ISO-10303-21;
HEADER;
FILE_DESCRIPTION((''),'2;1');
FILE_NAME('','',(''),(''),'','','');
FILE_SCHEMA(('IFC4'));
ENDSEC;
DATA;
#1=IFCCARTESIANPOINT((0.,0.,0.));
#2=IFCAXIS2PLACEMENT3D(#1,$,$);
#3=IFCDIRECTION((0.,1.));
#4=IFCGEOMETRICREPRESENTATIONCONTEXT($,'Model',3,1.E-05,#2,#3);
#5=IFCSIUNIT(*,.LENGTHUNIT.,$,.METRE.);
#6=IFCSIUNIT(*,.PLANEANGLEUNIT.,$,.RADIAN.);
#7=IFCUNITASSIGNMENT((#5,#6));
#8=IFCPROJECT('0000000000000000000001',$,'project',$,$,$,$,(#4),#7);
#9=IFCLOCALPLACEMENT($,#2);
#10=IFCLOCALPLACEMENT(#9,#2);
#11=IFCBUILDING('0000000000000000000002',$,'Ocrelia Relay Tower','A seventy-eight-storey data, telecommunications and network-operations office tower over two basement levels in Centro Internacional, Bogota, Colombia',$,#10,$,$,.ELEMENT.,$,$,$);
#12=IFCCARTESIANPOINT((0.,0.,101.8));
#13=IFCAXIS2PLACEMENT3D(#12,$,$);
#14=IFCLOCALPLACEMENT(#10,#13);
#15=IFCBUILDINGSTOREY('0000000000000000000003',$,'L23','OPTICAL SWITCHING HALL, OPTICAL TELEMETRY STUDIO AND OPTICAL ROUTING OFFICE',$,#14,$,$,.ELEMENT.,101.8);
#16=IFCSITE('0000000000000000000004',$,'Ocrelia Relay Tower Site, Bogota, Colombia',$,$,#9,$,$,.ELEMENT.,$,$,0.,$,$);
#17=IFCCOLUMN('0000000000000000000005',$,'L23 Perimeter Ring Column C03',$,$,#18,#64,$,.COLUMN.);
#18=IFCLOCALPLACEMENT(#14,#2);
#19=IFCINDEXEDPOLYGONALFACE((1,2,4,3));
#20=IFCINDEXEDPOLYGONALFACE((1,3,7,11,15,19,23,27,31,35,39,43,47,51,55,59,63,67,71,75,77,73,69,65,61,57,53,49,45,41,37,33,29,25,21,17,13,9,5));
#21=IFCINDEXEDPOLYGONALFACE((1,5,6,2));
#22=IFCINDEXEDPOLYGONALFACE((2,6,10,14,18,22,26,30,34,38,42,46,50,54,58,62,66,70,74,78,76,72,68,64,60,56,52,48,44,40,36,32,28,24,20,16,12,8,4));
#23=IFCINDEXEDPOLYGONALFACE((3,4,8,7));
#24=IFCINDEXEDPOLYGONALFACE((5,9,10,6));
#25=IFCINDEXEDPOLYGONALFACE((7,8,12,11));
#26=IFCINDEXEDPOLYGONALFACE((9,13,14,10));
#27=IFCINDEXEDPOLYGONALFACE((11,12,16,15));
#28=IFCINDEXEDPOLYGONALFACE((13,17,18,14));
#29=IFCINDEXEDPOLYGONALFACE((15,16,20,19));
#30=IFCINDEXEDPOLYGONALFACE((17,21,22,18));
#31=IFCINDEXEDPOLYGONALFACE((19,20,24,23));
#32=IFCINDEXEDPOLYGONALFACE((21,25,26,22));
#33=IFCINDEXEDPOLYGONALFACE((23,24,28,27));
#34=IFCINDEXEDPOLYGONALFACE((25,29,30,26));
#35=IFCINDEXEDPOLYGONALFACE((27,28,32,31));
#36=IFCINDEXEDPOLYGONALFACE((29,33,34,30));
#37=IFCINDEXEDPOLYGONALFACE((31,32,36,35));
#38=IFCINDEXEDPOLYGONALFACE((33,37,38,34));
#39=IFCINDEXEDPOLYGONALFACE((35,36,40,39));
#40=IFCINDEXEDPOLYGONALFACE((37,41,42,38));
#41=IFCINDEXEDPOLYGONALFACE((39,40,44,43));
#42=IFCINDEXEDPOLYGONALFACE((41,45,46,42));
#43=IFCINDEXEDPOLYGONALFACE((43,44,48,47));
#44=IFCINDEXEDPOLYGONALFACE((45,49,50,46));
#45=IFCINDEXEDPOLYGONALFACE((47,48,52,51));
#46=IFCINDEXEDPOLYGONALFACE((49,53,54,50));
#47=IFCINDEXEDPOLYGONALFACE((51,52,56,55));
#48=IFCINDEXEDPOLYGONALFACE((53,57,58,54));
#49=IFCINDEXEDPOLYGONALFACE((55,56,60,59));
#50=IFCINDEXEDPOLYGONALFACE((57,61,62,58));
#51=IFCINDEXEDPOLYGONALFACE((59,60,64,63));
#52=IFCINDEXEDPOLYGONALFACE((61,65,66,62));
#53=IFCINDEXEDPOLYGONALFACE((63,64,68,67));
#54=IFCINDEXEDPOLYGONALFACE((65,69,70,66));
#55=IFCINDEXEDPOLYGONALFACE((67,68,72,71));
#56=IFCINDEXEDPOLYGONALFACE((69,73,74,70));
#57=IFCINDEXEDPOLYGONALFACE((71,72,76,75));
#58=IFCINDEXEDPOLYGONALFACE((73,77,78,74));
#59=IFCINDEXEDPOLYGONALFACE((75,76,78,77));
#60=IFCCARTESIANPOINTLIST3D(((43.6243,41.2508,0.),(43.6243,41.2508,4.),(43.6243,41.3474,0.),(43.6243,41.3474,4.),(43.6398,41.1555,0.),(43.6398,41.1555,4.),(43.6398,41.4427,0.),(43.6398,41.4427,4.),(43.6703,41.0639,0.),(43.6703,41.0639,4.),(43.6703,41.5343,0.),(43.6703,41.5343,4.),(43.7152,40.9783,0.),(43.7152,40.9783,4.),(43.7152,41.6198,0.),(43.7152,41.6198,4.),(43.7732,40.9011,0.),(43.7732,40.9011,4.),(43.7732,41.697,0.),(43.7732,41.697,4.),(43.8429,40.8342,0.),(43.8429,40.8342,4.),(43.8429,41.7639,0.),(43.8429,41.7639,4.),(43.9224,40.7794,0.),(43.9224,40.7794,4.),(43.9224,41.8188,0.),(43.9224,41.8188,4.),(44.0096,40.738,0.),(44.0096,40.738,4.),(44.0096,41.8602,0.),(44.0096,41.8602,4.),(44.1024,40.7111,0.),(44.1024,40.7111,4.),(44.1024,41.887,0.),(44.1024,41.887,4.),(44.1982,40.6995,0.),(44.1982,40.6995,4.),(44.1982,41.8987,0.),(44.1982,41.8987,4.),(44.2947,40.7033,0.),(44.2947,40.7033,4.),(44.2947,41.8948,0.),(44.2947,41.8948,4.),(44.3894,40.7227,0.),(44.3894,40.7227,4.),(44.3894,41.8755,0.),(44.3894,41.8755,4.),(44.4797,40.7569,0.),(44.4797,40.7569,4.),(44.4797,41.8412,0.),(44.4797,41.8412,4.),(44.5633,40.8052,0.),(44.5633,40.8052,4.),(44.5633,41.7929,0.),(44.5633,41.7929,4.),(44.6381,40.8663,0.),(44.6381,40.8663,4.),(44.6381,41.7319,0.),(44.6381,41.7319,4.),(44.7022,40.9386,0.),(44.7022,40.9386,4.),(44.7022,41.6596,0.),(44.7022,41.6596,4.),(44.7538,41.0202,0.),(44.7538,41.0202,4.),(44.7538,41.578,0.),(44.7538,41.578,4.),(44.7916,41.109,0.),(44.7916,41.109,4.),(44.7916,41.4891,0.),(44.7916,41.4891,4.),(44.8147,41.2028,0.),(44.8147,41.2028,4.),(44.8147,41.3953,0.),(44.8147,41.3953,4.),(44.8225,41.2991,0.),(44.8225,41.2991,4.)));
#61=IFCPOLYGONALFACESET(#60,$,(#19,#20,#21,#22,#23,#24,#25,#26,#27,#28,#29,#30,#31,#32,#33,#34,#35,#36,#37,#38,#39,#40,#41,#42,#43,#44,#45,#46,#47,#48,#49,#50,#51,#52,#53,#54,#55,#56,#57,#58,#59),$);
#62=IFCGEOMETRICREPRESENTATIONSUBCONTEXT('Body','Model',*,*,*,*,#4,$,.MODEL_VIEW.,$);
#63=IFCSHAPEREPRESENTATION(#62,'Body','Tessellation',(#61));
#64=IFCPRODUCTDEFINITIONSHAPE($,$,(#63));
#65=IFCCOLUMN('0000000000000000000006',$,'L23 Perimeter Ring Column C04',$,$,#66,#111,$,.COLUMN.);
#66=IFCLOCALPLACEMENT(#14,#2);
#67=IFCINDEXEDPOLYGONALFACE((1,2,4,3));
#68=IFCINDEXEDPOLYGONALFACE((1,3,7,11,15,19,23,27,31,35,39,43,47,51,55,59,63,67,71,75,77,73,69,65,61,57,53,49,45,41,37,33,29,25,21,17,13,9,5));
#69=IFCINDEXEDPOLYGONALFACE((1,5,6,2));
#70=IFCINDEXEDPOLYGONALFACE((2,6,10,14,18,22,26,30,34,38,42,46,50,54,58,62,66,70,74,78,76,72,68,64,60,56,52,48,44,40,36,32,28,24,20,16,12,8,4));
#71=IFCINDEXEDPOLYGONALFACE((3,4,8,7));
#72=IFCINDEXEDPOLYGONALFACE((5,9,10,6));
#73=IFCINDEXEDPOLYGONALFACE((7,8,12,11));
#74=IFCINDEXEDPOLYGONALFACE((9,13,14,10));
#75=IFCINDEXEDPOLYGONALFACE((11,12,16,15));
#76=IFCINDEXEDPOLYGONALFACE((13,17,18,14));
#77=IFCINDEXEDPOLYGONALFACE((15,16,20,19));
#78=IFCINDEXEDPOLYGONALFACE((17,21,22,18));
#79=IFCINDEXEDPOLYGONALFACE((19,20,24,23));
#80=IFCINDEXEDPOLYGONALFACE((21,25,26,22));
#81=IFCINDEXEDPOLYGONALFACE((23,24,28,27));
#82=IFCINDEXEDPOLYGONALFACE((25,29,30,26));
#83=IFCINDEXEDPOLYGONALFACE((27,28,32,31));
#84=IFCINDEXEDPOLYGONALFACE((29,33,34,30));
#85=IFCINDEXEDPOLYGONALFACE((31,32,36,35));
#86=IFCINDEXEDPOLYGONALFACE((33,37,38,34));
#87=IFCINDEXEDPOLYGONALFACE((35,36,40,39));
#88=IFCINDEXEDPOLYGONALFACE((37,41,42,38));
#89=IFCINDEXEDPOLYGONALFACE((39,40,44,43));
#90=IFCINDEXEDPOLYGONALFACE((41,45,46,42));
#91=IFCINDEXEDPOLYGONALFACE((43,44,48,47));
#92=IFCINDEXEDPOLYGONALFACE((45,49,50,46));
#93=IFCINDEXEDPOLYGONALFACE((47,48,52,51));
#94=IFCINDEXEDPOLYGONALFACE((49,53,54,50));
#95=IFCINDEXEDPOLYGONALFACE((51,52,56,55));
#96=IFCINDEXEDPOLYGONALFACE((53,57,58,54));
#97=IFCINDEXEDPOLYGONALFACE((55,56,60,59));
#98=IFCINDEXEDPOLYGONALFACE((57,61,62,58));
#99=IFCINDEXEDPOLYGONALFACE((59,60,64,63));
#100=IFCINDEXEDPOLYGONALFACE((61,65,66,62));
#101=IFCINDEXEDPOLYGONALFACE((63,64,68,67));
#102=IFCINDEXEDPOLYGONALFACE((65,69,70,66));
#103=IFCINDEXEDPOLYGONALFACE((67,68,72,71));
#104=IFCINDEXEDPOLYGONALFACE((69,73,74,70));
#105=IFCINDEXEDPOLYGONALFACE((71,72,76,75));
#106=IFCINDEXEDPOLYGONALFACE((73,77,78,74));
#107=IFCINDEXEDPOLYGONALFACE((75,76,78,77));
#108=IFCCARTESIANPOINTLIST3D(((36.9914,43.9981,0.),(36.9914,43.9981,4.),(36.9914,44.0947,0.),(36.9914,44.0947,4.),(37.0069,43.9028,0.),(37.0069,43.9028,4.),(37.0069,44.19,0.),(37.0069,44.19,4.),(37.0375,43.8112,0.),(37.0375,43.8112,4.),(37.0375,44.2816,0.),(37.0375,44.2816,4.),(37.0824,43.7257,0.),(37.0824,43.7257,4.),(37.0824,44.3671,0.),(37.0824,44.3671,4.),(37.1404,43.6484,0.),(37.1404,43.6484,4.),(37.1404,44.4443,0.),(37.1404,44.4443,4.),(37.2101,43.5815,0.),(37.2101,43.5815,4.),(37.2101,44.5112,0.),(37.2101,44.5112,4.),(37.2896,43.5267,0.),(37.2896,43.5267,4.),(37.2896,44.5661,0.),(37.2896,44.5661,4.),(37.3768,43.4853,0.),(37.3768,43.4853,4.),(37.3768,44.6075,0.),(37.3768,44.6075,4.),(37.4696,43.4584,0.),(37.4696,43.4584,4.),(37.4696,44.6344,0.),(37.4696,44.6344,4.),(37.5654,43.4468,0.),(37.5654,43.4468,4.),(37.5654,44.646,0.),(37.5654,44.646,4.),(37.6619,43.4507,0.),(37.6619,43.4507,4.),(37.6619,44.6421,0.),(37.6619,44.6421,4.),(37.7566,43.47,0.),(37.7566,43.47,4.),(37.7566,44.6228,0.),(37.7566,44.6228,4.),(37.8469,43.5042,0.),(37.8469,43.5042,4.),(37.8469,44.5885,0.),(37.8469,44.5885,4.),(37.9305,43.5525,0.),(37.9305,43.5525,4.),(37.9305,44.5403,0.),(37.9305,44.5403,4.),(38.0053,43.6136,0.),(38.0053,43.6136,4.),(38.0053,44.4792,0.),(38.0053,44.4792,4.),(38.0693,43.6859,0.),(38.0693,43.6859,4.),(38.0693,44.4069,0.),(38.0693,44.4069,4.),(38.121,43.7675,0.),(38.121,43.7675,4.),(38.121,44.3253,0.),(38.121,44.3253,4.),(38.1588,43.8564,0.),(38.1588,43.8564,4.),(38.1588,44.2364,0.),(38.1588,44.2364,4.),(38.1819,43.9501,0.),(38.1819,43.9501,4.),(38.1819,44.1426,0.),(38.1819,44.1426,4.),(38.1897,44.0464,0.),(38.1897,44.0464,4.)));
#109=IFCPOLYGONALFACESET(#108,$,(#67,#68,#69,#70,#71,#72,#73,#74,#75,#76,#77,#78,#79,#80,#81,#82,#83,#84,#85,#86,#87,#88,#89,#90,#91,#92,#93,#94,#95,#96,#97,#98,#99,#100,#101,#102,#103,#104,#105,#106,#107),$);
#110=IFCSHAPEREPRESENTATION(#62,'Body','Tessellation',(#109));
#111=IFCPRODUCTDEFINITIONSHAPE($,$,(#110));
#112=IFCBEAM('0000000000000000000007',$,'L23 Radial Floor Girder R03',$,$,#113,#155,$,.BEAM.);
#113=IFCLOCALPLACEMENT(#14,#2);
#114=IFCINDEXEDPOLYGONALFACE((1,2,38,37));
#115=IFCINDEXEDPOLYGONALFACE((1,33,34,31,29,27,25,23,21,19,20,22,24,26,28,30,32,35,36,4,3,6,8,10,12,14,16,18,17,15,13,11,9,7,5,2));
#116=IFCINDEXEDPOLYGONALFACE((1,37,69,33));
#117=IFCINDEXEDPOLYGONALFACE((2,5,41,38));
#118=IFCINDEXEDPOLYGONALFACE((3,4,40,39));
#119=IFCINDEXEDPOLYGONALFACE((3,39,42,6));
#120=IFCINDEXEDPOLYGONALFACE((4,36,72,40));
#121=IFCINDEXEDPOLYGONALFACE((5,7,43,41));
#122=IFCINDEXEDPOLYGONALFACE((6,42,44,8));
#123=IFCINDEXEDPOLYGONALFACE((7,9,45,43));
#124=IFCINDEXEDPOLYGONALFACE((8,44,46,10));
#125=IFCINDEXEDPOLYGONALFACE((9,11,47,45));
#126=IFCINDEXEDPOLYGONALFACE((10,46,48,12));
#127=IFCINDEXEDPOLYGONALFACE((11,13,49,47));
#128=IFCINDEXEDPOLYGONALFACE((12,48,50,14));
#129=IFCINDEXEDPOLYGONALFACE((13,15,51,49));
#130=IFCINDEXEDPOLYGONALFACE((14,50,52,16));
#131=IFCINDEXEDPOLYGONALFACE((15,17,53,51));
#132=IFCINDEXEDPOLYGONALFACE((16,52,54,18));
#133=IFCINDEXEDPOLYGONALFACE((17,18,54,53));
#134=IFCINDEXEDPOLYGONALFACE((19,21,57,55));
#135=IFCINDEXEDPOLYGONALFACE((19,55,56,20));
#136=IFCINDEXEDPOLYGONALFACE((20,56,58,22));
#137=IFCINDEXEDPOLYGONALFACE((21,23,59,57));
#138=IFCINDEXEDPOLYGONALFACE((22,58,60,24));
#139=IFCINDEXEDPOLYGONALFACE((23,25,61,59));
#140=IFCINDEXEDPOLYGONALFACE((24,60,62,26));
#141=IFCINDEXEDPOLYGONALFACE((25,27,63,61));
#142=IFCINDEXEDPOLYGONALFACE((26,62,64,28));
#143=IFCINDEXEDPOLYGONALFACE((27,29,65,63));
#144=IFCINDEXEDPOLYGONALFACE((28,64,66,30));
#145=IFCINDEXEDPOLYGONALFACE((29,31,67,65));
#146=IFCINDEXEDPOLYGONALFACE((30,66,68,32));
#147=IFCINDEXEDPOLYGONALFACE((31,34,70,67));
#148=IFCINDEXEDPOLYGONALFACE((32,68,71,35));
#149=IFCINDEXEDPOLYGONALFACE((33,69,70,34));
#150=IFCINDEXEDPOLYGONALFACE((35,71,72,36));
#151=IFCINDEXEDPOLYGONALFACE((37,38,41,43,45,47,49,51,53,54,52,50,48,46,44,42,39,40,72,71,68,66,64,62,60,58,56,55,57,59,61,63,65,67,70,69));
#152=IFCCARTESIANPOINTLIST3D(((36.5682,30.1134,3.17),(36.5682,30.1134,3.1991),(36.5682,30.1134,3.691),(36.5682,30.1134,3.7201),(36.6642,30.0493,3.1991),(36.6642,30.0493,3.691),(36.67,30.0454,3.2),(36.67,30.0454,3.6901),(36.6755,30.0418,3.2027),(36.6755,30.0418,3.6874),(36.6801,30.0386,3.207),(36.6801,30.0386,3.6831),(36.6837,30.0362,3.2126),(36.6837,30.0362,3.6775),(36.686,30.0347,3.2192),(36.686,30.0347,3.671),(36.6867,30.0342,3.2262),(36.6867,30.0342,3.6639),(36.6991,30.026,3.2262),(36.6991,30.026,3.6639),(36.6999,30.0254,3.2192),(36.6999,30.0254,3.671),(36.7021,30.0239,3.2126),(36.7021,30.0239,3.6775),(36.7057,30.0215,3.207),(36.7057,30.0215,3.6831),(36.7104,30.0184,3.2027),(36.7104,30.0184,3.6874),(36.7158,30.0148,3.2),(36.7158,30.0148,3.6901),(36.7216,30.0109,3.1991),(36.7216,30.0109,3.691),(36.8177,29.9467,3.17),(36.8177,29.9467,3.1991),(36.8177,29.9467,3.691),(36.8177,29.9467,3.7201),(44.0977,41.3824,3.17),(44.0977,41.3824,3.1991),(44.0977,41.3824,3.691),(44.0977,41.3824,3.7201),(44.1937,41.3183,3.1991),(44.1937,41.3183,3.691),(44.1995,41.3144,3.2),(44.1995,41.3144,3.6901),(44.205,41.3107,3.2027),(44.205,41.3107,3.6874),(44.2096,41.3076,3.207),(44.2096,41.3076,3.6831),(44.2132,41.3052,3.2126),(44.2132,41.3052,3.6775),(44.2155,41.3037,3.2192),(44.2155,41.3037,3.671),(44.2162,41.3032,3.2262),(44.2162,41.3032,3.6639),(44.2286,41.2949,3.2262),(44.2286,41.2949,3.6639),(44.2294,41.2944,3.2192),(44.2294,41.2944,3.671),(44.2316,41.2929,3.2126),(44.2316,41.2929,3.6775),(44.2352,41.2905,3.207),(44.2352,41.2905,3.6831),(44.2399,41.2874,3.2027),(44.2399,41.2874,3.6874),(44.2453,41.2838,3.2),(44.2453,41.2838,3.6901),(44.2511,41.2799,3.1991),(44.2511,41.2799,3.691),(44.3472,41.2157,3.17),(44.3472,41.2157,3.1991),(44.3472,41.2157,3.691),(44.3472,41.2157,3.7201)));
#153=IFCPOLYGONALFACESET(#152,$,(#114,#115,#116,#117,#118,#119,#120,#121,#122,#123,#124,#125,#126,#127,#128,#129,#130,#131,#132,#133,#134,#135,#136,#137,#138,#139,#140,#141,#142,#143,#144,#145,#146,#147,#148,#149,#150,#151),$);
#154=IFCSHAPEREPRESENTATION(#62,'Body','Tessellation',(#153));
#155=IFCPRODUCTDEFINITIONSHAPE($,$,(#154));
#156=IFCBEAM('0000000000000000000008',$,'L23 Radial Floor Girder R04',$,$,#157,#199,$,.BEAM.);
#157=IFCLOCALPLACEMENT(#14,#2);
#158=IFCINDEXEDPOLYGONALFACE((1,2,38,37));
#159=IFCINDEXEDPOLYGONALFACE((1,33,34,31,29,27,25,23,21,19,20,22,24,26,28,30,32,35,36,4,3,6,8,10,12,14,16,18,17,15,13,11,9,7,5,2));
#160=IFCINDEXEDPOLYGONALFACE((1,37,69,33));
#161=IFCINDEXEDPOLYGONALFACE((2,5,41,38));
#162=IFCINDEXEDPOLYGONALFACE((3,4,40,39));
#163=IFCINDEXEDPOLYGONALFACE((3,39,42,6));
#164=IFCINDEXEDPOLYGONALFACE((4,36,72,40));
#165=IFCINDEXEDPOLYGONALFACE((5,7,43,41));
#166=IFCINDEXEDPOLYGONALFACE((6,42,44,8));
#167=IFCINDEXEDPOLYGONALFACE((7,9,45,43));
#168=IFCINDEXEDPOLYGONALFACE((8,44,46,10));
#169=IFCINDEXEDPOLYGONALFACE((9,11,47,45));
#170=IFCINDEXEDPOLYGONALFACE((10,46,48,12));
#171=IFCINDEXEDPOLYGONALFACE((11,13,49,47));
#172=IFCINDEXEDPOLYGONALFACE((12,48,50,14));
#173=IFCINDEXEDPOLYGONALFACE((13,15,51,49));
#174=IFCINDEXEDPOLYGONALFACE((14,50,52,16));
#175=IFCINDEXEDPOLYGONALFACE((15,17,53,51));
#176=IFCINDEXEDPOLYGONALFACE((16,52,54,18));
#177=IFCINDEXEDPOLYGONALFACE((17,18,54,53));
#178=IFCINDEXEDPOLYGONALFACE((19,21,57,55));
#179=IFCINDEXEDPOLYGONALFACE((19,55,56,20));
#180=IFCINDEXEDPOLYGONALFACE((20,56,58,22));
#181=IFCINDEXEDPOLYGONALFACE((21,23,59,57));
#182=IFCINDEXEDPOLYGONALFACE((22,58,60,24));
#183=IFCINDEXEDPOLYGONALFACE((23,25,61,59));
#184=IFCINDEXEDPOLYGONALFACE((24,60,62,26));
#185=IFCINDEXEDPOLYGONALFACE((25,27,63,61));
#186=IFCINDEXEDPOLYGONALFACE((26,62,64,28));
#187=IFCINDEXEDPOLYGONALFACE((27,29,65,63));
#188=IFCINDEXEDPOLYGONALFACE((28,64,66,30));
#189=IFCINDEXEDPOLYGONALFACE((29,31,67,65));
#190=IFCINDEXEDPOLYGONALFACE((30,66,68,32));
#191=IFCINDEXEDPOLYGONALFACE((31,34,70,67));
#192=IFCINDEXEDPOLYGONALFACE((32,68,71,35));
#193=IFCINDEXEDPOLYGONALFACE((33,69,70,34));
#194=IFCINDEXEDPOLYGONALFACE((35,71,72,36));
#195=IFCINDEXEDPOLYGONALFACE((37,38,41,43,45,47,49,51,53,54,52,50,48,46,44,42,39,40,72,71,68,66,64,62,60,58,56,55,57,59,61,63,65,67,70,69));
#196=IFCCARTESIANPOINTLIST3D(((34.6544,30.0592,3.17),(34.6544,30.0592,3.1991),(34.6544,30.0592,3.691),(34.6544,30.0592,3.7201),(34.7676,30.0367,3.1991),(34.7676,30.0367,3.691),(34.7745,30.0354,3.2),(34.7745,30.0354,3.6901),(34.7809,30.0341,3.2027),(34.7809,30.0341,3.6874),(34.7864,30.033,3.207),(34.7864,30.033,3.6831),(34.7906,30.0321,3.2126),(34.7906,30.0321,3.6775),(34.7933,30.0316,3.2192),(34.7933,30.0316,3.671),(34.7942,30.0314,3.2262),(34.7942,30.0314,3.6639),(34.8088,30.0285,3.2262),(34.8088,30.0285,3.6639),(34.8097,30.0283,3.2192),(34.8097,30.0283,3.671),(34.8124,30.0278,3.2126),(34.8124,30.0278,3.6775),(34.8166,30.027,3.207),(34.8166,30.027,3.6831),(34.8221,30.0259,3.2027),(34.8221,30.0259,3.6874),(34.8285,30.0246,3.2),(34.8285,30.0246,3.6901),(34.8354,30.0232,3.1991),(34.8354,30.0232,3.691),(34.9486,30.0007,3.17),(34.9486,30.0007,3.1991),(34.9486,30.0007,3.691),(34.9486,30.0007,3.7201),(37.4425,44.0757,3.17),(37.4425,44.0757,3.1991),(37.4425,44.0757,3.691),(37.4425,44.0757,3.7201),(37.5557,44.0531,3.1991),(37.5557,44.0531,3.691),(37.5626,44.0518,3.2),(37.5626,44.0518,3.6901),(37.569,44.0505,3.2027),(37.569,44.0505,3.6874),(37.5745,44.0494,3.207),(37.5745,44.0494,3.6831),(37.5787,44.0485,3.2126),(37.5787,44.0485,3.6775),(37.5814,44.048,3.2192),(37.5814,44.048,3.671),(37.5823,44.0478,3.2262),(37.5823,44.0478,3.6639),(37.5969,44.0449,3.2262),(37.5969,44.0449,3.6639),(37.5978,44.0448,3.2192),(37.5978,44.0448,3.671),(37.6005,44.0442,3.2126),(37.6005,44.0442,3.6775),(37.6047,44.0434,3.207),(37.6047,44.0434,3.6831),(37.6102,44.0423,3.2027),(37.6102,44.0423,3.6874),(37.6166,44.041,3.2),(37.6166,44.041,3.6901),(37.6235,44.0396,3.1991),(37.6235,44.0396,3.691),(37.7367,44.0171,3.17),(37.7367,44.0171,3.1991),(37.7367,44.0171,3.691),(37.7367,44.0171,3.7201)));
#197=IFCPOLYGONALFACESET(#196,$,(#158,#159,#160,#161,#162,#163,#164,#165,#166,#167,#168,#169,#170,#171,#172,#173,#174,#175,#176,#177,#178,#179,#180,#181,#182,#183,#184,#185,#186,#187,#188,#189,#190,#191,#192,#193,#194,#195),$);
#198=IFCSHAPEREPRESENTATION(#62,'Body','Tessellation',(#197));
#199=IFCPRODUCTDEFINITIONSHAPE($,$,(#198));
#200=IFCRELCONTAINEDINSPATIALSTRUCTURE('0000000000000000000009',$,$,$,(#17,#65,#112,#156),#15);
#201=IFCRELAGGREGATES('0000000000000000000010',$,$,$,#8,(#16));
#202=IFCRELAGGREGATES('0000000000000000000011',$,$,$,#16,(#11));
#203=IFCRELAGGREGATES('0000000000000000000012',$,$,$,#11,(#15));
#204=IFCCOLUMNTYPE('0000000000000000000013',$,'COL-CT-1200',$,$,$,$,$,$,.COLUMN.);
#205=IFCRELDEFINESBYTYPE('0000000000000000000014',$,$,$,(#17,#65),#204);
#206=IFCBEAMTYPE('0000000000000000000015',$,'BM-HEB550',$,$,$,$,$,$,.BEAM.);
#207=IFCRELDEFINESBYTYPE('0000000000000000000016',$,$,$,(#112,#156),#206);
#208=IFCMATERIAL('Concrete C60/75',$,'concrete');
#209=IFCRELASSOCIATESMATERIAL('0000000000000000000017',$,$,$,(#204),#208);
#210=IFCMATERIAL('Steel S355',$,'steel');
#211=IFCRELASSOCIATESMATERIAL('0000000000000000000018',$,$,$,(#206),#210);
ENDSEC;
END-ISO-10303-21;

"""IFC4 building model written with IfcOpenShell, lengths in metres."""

from ifc_helpers import new_model, si_unit, direction, frame, origin, origin_2d, place, context, subcontext, project, spatial, circle, i_section, extrude, material, material_profile, profile_set, type_object, element, save


model = new_model("IFC4")

# Units and contexts
model_context = context("Model", 3, precision=1e-05, world=origin(), true_north=direction((0.0, 1.0)))
body_context = subcontext(model_context, "Body", "Model", "MODEL_VIEW")
ifc_project = project(units=[si_unit("LENGTHUNIT", "METRE"), si_unit("PLANEANGLEUNIT", "RADIAN")], contexts=[model_context])

# Site, building, storey
site_placement = place(None, origin())
site = spatial("IfcSite", under=ifc_project, at=site_placement, Name="Ocrelia Relay Tower Site, Bogota, Colombia", CompositionType="ELEMENT", RefElevation=0.0)
building_placement = place(site_placement, origin())
building = spatial("IfcBuilding", under=site, at=building_placement, Name="Ocrelia Relay Tower", Description="A seventy-eight-storey data, telecommunications and network-operations office tower over two basement levels in Centro Internacional, Bogota, Colombia", CompositionType="ELEMENT")
storey_placement = place(building_placement, frame((0.0, 0.0, 101.8)))
storey = spatial("IfcBuildingStorey", under=building, at=storey_placement, Name="L23", Description="OPTICAL SWITCHING HALL, OPTICAL TELEMETRY STUDIO AND OPTICAL ROUTING OFFICE", CompositionType="ELEMENT", Elevation=101.8)

# Columns
ifc_material_1 = material(Name="Concrete C60/75", Category="concrete")
ifc_material_profile_1 = material_profile(ifc_material_1, circle(Radius=0.6001, at=origin_2d()), Name="RC-CIR-1200")
ifc_profile_set_1 = profile_set([ifc_material_profile_1], Name="Concrete C60/75")
column_type = type_object("IfcColumnType", Name="COL-CT-1200", PredefinedType="COLUMN", material=ifc_profile_set_1)
for number, where, z_axis, x_axis, name in (
    (1, (44.2224, 41.2991, 0.0), (0.0, 0.0, 1.0), (1.0, 0.0, 0.0), "L23 Perimeter Ring Column C03"),
    (2, (37.5896, 44.0464, 0.0), (0.0, 0.0, 1.0), (1.0, 0.0, 0.0), "L23 Perimeter Ring Column C04"),
):
    element("IfcColumn", number, at=place(storey_placement, frame(where, z_axis=z_axis, x_axis=x_axis)), inside=storey, type_object=column_type, Name=name, PredefinedType="COLUMN", context=body_context, shape_type="SweptSolid", body=[
        extrude(circle(Radius=0.6001, at=origin_2d()), origin(), (0.0, 0.0, 1.0), 4.0),
    ])

# Beams
ifc_material_2 = material(Name="Steel S355", Category="steel")
ifc_material_profile_2 = material_profile(ifc_material_2, i_section(OverallWidth=0.3, OverallDepth=0.55, WebThickness=0.0149, FlangeThickness=0.0291, FilletRadius=0.0271, at=origin_2d()), Name="HEB 550")
ifc_profile_set_2 = profile_set([ifc_material_profile_2], Name="Steel S355")
beam_type_1 = type_object("IfcBeamType", Name="BM-HEB550", PredefinedType="BEAM", material=ifc_profile_set_2)
beam_1_placement = place(storey_placement, frame((44.2224, 41.2991, 3.4451), z_axis=(-0.55556, -0.831476, 0.0), x_axis=(0.831476, -0.55556, 0.0)))
element("IfcBeam", 3, at=beam_1_placement, inside=storey, type_object=beam_type_1, Name="L23 Radial Floor Girder R03", PredefinedType="BEAM", context=body_context, shape_type="SweptSolid", body=[
    extrude(i_section(OverallWidth=0.3, OverallDepth=0.55, WebThickness=0.0149, FlangeThickness=0.0291, FilletRadius=0.0271, at=origin_2d()), origin(), (0.0, 0.0, 1.0), 13.553),
])
beam_2_placement = place(storey_placement, frame((37.5896, 44.0464, 3.4451), z_axis=(-0.195094, -0.980784, 0.0), x_axis=(0.980784, -0.195094, 0.0)))
element("IfcBeam", 4, at=beam_2_placement, inside=storey, type_object=beam_type_1, Name="L23 Radial Floor Girder R04", PredefinedType="BEAM", context=body_context, shape_type="SweptSolid", body=[
    extrude(i_section(OverallWidth=0.3, OverallDepth=0.55, WebThickness=0.0149, FlangeThickness=0.0291, FilletRadius=0.0271, at=origin_2d()), origin(), (0.0, 0.0, 1.0), 14.291),
])

save(model, "model.ifc")
